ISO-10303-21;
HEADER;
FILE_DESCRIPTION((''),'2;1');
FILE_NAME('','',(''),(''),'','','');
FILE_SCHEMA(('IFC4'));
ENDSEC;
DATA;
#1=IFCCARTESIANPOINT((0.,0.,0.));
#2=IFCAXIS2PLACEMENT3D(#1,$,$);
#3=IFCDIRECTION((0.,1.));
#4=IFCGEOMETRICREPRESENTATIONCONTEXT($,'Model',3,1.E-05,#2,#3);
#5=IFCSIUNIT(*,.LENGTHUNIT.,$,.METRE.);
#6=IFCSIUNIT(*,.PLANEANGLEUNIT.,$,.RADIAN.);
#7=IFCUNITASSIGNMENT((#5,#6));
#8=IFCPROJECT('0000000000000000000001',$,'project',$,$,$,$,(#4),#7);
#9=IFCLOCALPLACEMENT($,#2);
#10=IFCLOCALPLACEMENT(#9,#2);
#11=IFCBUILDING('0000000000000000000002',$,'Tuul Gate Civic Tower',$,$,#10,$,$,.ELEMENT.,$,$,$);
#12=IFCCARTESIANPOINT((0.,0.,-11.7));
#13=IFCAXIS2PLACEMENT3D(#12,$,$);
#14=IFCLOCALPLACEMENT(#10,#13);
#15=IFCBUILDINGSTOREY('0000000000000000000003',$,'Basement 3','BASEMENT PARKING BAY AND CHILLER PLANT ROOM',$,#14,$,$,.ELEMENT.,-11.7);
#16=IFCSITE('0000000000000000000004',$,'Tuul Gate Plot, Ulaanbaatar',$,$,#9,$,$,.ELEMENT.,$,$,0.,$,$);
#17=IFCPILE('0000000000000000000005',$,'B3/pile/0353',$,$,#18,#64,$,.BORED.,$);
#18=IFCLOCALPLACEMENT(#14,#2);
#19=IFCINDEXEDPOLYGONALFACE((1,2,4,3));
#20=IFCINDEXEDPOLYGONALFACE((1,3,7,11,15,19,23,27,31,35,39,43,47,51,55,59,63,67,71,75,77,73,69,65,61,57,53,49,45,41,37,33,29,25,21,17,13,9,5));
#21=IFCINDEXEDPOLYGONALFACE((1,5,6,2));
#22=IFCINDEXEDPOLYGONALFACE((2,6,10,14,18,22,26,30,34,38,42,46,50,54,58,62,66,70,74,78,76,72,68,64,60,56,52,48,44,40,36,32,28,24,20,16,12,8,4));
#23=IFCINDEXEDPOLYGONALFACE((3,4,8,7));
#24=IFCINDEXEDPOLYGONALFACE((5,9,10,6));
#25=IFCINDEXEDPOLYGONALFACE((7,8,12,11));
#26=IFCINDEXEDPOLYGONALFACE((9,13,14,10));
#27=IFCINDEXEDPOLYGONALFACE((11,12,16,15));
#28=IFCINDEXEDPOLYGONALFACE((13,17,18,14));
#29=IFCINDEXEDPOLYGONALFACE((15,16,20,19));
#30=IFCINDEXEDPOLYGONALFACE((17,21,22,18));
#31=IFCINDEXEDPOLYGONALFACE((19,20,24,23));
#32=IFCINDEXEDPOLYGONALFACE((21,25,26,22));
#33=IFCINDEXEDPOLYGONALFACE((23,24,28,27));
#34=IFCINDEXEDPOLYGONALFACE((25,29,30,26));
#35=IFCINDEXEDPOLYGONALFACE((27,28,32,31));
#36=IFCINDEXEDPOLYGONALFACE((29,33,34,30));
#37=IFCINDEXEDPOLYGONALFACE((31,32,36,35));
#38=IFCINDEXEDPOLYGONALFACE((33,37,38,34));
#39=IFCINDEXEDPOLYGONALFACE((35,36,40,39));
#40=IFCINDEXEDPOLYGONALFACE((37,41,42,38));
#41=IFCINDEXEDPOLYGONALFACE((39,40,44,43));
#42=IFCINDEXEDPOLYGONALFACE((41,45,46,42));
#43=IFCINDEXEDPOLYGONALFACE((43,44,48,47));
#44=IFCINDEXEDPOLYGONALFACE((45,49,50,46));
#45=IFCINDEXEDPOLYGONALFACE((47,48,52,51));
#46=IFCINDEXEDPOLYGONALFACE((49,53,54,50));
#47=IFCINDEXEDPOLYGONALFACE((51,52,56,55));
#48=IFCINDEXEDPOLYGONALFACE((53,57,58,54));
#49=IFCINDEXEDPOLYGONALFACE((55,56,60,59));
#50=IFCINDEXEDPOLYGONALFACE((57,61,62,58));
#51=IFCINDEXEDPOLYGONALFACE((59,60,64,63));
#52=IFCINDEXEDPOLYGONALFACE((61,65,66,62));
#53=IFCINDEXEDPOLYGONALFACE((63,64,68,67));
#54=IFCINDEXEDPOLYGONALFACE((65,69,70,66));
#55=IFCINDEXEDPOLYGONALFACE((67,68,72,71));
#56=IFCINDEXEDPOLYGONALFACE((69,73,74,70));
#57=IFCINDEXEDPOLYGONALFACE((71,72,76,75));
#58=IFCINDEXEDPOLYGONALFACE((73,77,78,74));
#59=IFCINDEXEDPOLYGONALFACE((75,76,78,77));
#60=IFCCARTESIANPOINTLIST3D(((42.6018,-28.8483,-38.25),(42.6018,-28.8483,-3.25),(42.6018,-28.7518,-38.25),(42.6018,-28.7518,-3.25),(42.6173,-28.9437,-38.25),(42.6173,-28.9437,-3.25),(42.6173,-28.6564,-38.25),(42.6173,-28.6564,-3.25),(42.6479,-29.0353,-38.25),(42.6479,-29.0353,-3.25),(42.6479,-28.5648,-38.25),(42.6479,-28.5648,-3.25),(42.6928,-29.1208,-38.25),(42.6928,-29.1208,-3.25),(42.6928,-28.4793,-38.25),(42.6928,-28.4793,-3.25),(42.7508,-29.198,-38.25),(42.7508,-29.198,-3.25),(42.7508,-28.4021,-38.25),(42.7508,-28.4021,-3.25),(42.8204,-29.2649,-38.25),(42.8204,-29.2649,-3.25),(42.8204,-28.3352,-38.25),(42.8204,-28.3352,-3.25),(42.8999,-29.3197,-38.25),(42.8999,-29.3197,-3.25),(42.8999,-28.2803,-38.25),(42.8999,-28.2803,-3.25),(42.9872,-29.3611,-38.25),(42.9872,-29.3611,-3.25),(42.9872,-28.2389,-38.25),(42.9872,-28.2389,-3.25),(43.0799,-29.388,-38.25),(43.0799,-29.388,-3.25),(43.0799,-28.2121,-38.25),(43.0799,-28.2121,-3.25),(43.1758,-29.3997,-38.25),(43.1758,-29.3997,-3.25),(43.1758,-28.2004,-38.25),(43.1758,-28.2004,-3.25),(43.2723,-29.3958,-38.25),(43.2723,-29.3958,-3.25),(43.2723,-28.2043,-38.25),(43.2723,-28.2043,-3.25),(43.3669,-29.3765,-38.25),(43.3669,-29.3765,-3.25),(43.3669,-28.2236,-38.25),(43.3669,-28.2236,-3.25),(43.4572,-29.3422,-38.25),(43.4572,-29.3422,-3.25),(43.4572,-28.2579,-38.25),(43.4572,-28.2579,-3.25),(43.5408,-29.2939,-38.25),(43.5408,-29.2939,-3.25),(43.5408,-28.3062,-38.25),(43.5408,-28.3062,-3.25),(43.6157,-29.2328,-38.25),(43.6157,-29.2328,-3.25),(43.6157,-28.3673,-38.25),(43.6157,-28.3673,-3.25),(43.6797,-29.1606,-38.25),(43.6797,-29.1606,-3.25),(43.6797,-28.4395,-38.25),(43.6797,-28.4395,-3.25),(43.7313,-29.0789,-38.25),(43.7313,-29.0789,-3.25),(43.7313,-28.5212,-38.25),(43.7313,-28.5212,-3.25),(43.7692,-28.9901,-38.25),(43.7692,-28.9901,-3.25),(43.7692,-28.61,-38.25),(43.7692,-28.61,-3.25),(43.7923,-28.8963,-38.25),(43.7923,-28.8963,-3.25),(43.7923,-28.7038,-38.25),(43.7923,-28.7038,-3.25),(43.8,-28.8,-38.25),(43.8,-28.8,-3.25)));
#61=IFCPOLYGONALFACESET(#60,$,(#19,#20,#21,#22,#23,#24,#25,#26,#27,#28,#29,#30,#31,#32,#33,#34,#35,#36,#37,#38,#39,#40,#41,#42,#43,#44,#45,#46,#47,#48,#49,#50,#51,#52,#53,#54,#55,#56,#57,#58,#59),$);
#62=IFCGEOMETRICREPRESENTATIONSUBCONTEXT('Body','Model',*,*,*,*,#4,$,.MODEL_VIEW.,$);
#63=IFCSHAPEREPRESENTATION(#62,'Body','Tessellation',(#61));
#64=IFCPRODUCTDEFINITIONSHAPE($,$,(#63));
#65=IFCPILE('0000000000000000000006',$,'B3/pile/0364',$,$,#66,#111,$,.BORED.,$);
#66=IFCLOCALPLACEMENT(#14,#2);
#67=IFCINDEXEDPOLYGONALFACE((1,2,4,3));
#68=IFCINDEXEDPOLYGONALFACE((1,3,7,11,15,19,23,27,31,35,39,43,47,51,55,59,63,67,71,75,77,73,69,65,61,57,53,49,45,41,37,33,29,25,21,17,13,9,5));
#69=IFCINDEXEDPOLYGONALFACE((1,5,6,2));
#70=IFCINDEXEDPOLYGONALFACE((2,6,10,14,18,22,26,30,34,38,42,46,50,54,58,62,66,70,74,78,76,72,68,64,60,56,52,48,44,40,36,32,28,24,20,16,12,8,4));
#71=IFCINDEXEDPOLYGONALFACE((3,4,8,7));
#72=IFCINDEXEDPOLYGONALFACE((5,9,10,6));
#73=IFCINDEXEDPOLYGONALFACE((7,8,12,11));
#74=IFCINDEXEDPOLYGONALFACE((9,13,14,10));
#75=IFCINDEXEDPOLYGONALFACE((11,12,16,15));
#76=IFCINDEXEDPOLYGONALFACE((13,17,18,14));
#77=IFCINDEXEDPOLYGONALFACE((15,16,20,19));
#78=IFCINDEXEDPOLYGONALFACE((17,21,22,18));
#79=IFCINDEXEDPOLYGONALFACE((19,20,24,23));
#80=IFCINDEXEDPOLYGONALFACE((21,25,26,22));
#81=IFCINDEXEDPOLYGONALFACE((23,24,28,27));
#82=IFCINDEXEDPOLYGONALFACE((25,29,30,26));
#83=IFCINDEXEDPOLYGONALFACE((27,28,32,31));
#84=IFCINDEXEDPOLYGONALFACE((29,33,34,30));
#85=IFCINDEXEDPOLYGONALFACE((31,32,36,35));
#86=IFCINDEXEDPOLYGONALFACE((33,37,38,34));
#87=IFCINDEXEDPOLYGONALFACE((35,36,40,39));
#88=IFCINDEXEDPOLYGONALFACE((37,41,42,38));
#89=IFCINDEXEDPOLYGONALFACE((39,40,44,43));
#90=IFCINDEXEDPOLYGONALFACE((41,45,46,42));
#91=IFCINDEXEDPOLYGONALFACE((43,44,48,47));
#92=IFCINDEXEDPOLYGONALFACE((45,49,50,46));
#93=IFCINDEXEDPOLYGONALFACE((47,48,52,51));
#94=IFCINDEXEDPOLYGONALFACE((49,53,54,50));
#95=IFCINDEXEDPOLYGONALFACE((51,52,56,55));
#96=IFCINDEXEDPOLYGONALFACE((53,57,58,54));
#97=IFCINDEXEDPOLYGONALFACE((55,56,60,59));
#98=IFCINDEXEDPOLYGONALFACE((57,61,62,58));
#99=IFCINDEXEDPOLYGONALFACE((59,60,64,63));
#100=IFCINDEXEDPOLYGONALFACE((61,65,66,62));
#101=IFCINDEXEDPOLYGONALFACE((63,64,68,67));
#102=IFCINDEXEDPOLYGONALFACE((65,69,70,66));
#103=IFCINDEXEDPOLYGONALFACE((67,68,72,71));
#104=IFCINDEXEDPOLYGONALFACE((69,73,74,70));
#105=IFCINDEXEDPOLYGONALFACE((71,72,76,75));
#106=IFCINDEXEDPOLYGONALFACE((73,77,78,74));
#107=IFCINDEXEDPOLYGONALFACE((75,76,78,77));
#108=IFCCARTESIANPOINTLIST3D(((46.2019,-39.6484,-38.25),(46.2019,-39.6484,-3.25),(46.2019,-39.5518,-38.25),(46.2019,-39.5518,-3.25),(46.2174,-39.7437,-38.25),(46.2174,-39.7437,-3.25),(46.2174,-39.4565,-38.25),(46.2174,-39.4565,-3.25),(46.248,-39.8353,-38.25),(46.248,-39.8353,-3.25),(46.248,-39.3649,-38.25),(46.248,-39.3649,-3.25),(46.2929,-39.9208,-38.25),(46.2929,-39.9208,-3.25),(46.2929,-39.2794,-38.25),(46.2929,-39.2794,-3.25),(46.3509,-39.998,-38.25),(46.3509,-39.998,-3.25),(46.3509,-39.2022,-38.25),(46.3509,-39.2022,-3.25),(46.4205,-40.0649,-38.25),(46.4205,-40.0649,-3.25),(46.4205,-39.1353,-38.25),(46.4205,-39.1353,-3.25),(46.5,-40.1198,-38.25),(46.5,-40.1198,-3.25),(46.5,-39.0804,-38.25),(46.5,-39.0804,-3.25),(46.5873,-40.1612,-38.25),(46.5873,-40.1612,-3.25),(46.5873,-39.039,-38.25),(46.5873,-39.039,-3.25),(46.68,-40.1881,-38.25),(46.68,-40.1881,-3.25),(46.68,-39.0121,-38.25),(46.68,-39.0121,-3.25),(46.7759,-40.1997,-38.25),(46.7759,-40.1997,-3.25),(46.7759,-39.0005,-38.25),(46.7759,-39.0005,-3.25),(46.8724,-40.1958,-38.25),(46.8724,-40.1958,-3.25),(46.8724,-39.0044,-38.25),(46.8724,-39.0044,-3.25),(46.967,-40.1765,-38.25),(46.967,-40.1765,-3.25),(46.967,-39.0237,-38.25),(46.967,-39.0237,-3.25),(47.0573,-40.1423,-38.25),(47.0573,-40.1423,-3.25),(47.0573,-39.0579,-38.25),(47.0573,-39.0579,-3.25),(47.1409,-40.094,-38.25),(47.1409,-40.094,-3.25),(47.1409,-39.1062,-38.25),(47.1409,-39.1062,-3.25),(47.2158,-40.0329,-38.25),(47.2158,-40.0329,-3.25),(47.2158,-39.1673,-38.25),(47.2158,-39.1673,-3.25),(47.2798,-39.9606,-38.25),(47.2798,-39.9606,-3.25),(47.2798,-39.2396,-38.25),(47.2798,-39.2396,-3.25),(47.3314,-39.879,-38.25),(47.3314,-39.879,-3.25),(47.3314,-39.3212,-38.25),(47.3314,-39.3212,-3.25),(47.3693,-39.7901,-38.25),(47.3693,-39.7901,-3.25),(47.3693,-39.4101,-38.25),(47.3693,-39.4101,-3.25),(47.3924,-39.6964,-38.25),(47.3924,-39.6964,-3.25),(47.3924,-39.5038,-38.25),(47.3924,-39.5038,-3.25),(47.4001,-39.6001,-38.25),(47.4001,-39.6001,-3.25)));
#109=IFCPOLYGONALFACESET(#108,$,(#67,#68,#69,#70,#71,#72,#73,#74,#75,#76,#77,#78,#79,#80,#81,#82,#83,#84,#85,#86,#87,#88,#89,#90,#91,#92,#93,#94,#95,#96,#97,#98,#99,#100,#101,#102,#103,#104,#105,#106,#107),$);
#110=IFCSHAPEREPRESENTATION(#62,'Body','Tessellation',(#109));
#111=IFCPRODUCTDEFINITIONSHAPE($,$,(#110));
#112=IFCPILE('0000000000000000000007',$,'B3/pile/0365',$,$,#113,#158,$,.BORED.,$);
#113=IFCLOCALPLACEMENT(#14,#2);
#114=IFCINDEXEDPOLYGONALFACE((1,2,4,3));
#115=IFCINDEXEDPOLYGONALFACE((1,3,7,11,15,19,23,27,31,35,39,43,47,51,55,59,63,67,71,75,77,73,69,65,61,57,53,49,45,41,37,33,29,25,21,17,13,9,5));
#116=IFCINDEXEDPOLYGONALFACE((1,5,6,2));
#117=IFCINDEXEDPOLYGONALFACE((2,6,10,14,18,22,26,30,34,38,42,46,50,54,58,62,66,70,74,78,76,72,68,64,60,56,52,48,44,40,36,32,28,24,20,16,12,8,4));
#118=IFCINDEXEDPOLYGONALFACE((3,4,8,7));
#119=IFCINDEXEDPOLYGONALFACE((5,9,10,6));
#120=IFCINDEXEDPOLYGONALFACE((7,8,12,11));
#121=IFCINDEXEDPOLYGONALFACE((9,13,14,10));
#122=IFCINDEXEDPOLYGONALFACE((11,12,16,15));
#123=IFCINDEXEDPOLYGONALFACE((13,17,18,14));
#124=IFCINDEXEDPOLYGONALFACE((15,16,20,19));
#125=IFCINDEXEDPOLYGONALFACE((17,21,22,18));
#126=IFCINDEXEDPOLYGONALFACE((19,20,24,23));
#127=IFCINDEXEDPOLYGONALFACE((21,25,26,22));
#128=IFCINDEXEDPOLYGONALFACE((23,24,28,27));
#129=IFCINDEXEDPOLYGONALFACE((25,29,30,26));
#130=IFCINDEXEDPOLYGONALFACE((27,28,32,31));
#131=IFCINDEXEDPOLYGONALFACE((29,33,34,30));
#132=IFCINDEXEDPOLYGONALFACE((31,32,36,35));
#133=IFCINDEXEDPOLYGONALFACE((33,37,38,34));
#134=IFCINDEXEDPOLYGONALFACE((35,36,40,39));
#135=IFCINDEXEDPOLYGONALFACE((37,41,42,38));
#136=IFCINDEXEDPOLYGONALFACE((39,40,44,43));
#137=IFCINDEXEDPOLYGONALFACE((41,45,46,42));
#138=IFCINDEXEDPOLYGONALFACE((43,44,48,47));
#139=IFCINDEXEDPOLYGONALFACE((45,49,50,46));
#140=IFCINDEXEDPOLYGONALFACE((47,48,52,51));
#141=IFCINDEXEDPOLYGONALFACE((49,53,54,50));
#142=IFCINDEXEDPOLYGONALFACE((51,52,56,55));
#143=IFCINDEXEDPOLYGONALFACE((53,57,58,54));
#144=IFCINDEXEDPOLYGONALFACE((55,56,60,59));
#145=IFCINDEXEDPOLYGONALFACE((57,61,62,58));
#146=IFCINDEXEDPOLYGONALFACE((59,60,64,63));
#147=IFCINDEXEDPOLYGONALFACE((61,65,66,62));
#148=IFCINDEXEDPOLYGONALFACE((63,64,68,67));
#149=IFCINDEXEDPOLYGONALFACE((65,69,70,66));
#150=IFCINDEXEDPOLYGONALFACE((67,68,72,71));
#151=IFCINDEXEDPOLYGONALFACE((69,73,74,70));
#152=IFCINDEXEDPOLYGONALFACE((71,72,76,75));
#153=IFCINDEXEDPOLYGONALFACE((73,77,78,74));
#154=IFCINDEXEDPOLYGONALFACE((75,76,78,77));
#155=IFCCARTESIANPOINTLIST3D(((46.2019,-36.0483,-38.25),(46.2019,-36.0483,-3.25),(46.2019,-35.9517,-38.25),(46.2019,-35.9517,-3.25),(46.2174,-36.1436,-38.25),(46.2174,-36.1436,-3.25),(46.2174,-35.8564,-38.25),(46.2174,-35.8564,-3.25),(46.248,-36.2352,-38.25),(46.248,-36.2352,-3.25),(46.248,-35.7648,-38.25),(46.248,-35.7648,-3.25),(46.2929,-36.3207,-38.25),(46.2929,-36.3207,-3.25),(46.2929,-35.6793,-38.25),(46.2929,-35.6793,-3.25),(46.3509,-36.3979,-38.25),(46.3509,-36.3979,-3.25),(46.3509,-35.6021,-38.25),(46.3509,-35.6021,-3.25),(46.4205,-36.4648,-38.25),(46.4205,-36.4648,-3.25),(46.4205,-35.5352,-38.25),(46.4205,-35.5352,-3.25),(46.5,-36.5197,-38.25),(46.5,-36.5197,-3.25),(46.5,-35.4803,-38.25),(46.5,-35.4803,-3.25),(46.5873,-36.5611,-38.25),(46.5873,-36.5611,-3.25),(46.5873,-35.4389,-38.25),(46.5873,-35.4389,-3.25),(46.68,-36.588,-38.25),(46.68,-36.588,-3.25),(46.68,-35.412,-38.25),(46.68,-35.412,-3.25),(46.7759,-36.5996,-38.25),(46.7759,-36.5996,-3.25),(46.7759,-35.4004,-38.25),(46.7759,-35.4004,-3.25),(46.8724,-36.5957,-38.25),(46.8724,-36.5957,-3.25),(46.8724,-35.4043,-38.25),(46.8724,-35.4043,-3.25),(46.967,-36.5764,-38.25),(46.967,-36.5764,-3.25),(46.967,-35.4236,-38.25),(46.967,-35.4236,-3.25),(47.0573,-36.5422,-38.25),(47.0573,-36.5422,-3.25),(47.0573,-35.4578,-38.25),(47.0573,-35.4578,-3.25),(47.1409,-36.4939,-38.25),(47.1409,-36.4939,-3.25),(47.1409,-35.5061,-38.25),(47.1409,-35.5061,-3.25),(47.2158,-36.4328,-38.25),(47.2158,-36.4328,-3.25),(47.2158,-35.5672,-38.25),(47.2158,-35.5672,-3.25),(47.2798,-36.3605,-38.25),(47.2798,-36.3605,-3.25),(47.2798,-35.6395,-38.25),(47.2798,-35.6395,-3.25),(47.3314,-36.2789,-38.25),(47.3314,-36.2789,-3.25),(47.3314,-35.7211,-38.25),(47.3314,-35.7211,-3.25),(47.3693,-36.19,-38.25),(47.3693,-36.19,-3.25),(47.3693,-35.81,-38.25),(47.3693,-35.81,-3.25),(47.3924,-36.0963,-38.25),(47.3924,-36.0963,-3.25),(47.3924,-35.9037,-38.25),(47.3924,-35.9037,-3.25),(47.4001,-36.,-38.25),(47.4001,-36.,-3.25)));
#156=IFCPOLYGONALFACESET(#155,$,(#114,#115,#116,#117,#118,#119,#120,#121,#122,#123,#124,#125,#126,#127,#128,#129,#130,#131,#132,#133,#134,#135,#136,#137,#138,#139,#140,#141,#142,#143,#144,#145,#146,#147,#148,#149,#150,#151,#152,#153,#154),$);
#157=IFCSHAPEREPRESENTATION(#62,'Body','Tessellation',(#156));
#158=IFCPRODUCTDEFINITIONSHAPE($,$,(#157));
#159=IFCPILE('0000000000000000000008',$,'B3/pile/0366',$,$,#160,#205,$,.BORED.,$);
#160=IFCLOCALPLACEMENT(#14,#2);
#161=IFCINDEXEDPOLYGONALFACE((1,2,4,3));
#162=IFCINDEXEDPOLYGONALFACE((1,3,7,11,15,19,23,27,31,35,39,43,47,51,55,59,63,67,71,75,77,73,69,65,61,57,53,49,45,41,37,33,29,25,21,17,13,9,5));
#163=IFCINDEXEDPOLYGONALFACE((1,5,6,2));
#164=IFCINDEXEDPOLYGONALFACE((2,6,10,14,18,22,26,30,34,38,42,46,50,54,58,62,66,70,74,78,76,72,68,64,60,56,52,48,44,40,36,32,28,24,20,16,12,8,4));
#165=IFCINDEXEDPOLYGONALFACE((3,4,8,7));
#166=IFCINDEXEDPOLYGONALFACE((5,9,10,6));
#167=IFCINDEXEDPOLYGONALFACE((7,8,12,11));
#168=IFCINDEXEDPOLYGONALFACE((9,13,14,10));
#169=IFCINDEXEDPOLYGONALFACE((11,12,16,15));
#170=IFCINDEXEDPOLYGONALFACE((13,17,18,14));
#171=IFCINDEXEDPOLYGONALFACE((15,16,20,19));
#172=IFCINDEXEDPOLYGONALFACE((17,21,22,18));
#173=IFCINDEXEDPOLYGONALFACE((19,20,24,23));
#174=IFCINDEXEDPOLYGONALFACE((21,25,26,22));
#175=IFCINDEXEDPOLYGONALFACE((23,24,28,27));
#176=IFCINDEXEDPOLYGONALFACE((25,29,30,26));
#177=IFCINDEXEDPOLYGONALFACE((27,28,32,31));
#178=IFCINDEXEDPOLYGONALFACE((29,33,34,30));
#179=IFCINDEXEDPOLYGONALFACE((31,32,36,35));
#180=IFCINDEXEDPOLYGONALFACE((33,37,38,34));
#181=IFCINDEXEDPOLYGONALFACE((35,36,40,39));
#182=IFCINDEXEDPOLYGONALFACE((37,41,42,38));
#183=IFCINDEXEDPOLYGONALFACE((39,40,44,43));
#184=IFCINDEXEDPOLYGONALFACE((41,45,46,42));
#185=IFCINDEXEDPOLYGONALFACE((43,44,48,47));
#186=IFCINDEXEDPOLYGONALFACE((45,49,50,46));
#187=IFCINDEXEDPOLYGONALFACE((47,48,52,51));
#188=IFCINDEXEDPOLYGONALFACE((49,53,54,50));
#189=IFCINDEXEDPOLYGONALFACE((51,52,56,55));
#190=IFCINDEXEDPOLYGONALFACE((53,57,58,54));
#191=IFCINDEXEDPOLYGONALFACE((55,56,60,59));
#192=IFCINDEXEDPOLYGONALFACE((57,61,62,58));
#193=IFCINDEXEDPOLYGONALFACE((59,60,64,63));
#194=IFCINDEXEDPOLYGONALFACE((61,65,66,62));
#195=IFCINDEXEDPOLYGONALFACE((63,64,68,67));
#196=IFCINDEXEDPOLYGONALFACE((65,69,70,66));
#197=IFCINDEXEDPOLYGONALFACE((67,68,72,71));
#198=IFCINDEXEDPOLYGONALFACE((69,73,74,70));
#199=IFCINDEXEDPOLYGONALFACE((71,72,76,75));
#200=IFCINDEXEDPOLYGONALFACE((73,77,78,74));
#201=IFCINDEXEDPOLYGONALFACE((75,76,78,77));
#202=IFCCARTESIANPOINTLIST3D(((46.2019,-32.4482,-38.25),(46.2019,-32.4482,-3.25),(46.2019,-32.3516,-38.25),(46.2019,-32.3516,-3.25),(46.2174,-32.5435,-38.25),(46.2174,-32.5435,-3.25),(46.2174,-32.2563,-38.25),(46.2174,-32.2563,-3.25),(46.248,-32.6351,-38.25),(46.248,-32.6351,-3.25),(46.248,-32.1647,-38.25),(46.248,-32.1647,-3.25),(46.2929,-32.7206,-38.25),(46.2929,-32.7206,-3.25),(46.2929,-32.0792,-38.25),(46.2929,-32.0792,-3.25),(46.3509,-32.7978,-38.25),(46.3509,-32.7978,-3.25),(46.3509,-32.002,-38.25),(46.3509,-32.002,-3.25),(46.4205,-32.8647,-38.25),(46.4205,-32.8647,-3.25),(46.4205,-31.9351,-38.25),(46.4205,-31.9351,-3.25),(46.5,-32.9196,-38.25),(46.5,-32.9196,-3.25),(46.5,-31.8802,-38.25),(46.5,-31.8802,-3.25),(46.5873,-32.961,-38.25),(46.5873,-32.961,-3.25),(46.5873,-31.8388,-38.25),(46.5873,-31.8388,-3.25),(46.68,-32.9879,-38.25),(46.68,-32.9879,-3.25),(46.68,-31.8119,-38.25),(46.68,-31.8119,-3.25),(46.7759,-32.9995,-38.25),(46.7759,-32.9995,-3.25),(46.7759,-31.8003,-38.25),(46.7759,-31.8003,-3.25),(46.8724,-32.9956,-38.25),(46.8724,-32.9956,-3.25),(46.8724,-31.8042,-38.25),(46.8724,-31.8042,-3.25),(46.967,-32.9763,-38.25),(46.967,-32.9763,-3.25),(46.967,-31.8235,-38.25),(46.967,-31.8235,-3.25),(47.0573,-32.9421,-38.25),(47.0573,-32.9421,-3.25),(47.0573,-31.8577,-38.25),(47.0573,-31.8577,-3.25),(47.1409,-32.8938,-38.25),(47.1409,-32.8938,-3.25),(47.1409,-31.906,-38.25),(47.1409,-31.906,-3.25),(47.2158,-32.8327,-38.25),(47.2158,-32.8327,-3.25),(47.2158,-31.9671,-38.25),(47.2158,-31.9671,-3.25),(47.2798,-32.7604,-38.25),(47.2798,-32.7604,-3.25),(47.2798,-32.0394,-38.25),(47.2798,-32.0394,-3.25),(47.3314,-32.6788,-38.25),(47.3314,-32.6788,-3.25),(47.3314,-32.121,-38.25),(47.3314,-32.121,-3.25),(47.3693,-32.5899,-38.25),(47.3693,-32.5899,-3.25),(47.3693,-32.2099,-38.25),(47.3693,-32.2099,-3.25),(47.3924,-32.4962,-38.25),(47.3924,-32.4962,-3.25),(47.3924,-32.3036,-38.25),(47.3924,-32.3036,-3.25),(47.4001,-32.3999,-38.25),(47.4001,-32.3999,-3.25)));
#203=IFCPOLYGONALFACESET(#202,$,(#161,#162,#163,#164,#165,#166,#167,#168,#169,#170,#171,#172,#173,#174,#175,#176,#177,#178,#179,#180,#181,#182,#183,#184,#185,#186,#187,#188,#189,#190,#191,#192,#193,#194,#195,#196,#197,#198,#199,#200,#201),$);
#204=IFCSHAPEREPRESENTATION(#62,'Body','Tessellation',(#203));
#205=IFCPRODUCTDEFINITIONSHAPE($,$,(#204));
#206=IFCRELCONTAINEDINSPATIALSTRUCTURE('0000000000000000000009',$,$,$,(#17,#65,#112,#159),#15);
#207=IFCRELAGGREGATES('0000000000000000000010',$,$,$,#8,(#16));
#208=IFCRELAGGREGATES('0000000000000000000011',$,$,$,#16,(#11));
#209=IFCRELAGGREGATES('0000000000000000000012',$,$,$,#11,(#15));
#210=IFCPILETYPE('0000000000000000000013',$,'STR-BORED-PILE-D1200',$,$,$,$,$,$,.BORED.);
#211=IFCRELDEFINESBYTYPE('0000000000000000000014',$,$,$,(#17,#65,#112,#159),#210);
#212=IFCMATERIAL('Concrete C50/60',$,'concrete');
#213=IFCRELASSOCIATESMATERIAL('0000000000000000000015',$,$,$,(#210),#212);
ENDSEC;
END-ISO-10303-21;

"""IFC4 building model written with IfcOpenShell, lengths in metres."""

from ifc_helpers import new_model, si_unit, direction, frame, origin, origin_2d, place, context, subcontext, project, spatial, circle, extrude, material, material_profile, profile_set, type_object, element, save


model = new_model("IFC4")

# Units and contexts
model_context = context("Model", 3, precision=1e-05, world=origin(), true_north=direction((0.0, 1.0)))
body_context = subcontext(model_context, "Body", "Model", "MODEL_VIEW")
ifc_project = project(units=[si_unit("LENGTHUNIT", "METRE"), si_unit("PLANEANGLEUNIT", "RADIAN")], contexts=[model_context])

# Site, building, storey
site_placement = place(None, origin())
site = spatial("IfcSite", under=ifc_project, at=site_placement, Name="Tuul Gate Plot, Ulaanbaatar", CompositionType="ELEMENT", RefElevation=0.0)
building_placement = place(site_placement, origin())
building = spatial("IfcBuilding", under=site, at=building_placement, Name="Tuul Gate Civic Tower", CompositionType="ELEMENT")
storey_placement = place(building_placement, frame((0.0, 0.0, -11.7)))
storey = spatial("IfcBuildingStorey", under=building, at=storey_placement, Name="Basement 3", Description="BASEMENT PARKING BAY AND CHILLER PLANT ROOM", CompositionType="ELEMENT", Elevation=-11.7)

# Piles
ifc_material_1 = material(Name="Concrete C50/60", Category="concrete")
ifc_material_profile_1 = material_profile(ifc_material_1, circle(Radius=0.6001, at=origin_2d()), Name="PILE1200")
ifc_profile_set_1 = profile_set([ifc_material_profile_1], Name="Concrete C50/60")
pile_type = type_object("IfcPileType", Name="STR-BORED-PILE-D1200", PredefinedType="BORED", material=ifc_profile_set_1)
for number, where, z_axis, x_axis, name in (
    (1, (43.2, -28.8, -3.25), (0.0, 0.0, -1.0), (1.0, 0.0, 0.0), "B3/pile/0353"),
    (2, (46.8, -39.6001, -3.25), (0.0, 0.0, -1.0), (1.0, 0.0, 0.0), "B3/pile/0364"),
    (3, (46.8, -36.0, -3.25), (0.0, 0.0, -1.0), (1.0, 0.0, 0.0), "B3/pile/0365"),
    (4, (46.8, -32.3999, -3.25), (0.0, 0.0, -1.0), (1.0, 0.0, 0.0), "B3/pile/0366"),
):
    element("IfcPile", number, at=place(storey_placement, frame(where, z_axis=z_axis, x_axis=x_axis)), inside=storey, type_object=pile_type, Name=name, PredefinedType="BORED", context=body_context, shape_type="SweptSolid", body=[
        extrude(circle(Radius=0.6001, at=origin_2d()), origin(), (0.0, 0.0, 1.0), 35.0),
    ])

save(model, "model.ifc")
